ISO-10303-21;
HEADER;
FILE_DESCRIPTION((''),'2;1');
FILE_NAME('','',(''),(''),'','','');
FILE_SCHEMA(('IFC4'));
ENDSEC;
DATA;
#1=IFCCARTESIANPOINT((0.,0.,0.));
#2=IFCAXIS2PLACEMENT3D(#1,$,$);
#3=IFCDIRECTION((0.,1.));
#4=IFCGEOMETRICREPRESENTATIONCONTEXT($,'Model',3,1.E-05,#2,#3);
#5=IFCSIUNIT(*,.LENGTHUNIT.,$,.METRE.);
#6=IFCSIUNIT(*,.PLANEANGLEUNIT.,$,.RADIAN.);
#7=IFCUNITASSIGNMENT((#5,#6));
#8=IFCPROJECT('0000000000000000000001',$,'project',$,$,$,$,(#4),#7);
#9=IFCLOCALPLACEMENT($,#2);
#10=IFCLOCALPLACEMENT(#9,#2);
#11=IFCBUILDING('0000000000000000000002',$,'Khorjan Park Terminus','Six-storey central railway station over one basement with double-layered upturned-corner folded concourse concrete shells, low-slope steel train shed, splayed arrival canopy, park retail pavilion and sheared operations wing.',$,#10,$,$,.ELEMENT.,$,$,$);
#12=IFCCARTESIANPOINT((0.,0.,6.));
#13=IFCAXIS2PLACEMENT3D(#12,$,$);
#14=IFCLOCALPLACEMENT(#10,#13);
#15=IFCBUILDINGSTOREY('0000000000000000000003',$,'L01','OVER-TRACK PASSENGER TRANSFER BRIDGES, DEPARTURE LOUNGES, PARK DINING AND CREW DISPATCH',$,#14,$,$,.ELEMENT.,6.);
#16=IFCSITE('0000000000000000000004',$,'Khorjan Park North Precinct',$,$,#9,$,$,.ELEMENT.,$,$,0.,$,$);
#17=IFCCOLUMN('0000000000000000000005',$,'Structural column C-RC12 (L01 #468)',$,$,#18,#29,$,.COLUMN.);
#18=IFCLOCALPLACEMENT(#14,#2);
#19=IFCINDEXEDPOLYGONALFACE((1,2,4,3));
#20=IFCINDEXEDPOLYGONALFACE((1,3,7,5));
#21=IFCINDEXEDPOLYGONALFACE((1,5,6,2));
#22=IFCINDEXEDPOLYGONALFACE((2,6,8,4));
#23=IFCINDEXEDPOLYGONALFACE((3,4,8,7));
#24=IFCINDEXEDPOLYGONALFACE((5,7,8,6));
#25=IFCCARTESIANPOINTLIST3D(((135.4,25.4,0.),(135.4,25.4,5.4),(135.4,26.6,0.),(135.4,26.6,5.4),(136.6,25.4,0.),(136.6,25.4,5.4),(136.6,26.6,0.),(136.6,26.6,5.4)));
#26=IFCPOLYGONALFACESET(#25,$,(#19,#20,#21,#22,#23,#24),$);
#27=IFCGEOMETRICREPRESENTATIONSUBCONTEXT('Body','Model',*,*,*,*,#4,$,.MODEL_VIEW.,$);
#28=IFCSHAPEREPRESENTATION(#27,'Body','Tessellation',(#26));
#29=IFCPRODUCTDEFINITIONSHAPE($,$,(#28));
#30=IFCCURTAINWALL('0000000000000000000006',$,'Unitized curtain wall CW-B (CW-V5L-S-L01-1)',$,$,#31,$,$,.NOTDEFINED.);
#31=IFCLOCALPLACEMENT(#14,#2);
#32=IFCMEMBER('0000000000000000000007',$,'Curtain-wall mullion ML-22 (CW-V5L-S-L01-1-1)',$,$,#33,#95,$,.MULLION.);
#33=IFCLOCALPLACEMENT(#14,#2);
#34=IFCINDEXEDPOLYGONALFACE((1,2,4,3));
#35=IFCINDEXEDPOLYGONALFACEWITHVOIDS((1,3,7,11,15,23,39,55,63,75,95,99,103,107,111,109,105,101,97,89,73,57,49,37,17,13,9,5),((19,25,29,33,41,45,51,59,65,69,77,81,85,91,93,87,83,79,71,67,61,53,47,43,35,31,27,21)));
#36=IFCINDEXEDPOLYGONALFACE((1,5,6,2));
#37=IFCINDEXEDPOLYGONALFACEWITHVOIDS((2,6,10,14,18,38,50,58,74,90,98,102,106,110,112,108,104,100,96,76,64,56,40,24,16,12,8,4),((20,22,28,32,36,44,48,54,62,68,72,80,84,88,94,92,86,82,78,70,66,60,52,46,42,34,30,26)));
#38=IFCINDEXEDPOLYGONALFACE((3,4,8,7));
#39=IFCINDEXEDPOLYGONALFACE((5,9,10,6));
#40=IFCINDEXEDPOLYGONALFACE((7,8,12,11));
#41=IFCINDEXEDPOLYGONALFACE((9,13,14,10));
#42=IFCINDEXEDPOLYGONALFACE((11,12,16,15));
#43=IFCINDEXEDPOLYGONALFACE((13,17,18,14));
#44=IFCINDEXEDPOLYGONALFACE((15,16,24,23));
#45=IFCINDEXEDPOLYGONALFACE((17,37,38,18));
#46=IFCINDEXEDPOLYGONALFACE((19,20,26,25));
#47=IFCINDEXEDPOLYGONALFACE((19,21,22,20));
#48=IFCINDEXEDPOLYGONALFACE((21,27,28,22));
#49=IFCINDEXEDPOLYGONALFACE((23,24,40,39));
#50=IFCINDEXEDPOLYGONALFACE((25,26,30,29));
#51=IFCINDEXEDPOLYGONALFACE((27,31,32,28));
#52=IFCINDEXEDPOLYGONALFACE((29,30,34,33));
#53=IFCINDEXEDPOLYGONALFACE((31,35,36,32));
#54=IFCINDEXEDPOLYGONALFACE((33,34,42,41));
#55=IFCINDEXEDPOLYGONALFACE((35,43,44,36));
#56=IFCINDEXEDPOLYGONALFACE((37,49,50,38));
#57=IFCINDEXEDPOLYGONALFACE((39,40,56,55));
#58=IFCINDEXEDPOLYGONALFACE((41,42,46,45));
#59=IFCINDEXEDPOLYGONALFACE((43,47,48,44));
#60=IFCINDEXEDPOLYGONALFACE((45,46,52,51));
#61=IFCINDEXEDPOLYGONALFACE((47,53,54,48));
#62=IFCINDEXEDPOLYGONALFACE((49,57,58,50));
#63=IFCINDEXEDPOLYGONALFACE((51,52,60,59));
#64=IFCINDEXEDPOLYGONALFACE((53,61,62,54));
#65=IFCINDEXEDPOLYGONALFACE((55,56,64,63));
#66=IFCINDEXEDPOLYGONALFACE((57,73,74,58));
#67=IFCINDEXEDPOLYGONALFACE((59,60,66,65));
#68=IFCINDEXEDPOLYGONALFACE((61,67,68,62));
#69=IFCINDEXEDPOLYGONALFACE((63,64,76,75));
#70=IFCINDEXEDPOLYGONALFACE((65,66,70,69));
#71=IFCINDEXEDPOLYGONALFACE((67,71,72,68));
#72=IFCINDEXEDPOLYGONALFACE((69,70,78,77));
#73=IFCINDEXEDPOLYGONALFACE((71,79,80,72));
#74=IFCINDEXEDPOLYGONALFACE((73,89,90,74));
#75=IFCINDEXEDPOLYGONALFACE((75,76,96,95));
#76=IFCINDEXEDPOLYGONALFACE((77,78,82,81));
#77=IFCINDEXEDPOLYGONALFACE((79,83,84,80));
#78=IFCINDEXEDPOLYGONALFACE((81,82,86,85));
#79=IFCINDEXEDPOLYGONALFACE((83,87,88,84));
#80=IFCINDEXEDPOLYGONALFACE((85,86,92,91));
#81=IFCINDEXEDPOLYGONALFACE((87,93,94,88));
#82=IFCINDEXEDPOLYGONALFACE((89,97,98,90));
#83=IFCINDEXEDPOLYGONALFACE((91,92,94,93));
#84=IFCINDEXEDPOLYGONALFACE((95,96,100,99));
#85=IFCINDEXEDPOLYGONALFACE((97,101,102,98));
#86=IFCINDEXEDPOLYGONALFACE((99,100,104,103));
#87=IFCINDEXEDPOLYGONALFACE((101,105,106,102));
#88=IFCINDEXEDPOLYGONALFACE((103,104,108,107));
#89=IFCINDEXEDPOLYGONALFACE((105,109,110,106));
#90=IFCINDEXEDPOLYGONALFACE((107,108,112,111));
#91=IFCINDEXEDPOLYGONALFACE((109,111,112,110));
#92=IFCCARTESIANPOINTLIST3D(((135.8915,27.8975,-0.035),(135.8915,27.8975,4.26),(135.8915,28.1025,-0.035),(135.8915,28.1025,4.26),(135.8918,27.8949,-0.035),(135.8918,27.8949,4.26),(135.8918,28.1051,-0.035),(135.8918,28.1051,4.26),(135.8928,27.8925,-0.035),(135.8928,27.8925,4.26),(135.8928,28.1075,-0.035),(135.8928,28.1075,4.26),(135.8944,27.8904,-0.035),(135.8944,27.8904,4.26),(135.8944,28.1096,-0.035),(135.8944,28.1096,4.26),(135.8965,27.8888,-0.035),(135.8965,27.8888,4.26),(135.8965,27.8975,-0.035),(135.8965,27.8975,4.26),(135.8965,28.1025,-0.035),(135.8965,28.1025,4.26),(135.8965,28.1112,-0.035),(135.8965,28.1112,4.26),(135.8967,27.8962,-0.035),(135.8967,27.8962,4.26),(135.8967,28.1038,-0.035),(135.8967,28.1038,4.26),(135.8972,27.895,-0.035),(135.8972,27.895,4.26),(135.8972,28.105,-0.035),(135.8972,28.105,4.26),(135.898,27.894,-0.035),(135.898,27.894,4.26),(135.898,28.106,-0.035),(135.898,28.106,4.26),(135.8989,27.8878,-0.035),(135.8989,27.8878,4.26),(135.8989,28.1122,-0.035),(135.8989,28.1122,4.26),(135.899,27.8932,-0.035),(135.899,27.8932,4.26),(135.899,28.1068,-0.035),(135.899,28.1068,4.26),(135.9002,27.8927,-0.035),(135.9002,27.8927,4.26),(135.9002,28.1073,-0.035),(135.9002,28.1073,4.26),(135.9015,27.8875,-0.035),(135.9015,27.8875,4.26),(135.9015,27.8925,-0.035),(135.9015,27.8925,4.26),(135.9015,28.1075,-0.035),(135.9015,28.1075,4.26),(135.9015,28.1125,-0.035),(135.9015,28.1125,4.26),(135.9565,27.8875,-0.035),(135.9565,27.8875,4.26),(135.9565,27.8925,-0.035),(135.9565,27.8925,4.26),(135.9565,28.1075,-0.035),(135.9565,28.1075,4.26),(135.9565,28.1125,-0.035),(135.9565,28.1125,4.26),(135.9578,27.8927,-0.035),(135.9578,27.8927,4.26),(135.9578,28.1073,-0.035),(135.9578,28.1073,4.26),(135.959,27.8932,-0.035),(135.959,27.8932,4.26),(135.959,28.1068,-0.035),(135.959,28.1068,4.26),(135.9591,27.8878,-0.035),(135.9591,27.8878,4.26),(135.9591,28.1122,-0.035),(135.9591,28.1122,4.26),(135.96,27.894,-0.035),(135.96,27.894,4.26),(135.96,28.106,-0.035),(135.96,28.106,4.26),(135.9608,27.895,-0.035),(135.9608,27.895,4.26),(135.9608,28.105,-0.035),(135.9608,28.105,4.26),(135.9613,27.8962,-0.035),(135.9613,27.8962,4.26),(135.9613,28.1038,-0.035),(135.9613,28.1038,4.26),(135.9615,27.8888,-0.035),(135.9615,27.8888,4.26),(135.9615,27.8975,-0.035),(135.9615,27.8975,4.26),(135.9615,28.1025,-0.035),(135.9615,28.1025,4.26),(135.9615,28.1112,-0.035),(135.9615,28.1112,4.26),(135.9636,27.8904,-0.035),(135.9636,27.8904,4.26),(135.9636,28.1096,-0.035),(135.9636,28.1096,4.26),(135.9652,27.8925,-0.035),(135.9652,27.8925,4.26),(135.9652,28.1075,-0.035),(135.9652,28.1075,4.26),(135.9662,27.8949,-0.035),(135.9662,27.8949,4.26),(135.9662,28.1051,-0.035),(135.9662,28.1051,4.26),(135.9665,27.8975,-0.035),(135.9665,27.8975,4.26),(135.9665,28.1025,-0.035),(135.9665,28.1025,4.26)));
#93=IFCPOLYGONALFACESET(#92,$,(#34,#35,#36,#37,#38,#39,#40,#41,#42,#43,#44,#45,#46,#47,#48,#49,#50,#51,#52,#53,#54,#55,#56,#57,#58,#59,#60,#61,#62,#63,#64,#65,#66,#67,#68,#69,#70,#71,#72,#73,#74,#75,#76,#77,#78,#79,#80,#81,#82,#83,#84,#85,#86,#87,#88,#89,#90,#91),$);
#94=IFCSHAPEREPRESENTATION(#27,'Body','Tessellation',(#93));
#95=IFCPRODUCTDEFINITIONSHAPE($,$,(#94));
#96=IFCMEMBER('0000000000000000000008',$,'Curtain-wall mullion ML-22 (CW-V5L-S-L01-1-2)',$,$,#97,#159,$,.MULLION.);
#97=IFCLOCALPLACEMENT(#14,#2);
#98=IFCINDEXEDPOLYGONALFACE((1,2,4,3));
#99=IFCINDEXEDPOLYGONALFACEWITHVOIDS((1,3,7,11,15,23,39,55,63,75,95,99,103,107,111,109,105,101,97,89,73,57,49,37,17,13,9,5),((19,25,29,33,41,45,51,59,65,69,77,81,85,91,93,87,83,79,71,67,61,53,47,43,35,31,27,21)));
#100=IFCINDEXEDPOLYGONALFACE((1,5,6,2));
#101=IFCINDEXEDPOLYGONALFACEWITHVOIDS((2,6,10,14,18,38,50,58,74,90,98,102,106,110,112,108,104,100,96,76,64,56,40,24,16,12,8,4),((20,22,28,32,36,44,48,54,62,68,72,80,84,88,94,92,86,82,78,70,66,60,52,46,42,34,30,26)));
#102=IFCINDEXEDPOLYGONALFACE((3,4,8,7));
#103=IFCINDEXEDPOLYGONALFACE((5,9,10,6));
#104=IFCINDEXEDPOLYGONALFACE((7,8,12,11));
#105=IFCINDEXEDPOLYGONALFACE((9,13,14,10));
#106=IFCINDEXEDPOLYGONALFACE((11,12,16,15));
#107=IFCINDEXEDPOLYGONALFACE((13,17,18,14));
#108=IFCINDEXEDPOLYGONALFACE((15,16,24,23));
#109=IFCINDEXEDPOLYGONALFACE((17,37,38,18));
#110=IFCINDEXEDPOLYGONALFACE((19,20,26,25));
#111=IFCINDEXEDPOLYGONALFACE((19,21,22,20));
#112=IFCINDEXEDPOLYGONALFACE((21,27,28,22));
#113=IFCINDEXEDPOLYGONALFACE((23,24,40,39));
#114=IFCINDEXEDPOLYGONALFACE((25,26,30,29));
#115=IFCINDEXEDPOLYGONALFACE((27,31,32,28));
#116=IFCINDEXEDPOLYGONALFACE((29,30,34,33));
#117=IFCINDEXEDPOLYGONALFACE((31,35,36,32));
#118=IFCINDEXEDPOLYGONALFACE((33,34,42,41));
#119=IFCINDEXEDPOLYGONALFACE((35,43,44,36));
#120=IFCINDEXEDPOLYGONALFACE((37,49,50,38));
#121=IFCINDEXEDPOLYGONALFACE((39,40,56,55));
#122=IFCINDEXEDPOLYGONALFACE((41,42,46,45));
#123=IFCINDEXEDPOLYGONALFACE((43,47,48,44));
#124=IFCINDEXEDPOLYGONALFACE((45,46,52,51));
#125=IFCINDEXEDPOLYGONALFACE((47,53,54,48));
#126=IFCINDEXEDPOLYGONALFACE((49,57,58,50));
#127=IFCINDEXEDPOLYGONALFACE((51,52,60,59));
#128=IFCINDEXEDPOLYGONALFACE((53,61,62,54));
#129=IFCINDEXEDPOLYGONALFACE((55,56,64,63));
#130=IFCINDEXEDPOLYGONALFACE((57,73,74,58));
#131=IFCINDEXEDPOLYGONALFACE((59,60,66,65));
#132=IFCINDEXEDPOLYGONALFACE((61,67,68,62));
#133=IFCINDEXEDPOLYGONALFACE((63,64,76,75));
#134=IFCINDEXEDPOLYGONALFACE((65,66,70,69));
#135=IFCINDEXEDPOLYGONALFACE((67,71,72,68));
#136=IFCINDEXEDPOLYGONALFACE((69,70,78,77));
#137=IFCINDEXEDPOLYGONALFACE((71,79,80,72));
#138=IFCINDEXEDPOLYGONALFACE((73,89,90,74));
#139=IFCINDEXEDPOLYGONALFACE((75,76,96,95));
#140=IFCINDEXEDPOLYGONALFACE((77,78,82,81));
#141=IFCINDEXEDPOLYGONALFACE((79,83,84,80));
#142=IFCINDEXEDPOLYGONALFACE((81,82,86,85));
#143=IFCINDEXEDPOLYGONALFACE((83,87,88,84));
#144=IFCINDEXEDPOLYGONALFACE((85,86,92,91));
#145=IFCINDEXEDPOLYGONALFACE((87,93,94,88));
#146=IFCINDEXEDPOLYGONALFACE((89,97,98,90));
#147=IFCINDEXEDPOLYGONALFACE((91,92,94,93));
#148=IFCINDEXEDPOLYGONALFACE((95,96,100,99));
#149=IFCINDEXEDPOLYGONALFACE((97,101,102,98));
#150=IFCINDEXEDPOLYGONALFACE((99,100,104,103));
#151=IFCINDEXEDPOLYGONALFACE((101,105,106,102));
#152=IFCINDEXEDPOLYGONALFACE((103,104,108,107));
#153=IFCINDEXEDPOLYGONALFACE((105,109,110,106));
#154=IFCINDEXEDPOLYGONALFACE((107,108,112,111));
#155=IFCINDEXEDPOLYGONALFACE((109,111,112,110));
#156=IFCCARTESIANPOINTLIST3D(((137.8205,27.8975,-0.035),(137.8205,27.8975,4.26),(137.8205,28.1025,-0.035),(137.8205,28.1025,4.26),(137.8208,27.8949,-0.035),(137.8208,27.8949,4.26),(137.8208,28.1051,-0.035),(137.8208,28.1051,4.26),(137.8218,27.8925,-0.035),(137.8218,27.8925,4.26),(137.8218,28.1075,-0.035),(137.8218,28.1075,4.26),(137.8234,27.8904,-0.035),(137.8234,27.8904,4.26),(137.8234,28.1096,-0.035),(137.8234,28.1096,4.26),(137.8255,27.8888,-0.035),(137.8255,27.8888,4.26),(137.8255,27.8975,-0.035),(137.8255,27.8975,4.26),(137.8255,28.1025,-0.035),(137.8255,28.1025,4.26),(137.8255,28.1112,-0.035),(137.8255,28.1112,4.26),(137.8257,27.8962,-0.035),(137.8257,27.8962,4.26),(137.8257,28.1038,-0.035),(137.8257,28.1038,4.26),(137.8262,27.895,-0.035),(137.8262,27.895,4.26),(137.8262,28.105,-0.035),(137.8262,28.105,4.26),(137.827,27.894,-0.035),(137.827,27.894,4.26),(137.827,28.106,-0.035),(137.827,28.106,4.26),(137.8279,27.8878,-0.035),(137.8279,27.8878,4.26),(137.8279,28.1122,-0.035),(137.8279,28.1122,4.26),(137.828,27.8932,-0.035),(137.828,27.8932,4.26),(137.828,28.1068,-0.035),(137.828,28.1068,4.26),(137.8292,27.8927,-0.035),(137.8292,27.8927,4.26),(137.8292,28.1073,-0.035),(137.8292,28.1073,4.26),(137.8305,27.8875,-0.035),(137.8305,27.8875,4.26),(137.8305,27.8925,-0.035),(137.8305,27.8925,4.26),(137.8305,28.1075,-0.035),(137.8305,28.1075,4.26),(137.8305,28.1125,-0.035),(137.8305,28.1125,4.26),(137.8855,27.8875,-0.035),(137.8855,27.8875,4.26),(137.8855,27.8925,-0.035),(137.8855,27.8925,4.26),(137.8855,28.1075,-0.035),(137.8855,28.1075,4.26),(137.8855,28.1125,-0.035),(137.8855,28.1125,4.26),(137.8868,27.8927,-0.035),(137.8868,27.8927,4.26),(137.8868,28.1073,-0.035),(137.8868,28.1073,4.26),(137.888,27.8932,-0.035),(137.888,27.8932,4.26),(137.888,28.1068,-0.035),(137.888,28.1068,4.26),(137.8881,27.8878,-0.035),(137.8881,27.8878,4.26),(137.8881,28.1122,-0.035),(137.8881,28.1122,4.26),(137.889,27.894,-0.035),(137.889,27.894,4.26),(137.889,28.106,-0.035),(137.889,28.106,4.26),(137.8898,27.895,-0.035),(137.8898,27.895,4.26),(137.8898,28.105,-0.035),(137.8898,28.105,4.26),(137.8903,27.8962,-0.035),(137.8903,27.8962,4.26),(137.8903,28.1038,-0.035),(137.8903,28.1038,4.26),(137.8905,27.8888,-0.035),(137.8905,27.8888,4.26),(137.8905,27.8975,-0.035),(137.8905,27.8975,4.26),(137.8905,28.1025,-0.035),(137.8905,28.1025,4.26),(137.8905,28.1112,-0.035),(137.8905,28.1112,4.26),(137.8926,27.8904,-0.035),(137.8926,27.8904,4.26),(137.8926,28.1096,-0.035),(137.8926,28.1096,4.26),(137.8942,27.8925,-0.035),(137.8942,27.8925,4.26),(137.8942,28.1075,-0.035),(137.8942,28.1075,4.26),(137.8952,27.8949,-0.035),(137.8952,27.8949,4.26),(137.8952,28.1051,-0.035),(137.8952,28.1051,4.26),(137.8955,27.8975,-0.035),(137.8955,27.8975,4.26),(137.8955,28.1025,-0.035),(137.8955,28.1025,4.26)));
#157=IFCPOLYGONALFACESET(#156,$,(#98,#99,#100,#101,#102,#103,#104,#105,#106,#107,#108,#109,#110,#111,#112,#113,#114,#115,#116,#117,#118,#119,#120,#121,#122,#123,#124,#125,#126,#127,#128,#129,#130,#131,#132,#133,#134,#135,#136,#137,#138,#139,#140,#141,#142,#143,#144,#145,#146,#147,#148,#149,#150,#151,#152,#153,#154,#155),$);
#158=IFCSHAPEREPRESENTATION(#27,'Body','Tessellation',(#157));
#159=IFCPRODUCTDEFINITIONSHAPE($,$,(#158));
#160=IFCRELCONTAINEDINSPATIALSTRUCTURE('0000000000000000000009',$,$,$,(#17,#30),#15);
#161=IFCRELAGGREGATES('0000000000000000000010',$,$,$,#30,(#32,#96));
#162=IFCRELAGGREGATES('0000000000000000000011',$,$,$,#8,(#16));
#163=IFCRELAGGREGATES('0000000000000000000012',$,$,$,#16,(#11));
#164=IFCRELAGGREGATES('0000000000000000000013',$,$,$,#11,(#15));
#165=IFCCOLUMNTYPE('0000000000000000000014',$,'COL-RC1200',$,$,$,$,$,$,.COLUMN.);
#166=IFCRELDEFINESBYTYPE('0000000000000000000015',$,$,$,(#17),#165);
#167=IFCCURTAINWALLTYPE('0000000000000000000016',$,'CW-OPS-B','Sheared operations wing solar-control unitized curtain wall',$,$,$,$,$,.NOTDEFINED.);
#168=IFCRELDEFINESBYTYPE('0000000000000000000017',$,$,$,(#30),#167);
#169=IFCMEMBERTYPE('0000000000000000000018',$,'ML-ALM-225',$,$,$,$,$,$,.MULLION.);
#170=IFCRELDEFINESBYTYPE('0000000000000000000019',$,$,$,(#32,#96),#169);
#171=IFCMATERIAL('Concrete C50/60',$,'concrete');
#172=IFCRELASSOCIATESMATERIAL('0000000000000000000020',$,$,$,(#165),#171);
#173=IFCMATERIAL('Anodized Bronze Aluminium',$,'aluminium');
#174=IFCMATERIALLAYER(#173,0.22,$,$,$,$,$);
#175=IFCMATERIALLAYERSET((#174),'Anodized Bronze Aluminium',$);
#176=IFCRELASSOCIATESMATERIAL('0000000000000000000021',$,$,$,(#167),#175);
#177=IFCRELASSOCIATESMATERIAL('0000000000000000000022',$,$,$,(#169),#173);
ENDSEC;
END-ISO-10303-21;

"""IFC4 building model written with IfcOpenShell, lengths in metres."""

from ifc_helpers import new_model, si_unit, direction, frame, origin, origin_2d, place, context, subcontext, project, spatial, rectangle, hollow_rectangle, extrude, material, layer, layer_set, material_profile, profile_set, type_object, element, aggregate, save


model = new_model("IFC4")

# Units and contexts
model_context = context("Model", 3, precision=1e-05, world=origin(), true_north=direction((0.0, 1.0)))
body_context = subcontext(model_context, "Body", "Model", "MODEL_VIEW")
ifc_project = project(units=[si_unit("LENGTHUNIT", "METRE"), si_unit("PLANEANGLEUNIT", "RADIAN")], contexts=[model_context])

# Site, building, storey
site_placement = place(None, origin())
site = spatial("IfcSite", under=ifc_project, at=site_placement, Name="Khorjan Park North Precinct", CompositionType="ELEMENT", RefElevation=0.0)
building_placement = place(site_placement, origin())
building = spatial("IfcBuilding", under=site, at=building_placement, Name="Khorjan Park Terminus", Description="Six-storey central railway station over one basement with double-layered upturned-corner folded concourse concrete shells, low-slope steel train shed, splayed arrival canopy, park retail pavilion and sheared operations wing.", CompositionType="ELEMENT")
storey_placement = place(building_placement, frame((0.0, 0.0, 6.0)))
storey = spatial("IfcBuildingStorey", under=building, at=storey_placement, Name="L01", Description="OVER-TRACK PASSENGER TRANSFER BRIDGES, DEPARTURE LOUNGES, PARK DINING AND CREW DISPATCH", CompositionType="ELEMENT", Elevation=6.0)

# Column
ifc_material_1 = material(Name="Concrete C50/60", Category="concrete")
ifc_material_profile_1 = material_profile(ifc_material_1, rectangle(XDim=1.2, YDim=1.2, at=origin_2d()), Name="RC 1200x1200")
ifc_profile_set_1 = profile_set([ifc_material_profile_1], Name="Concrete C50/60")
column_type = type_object("IfcColumnType", Name="COL-RC1200", PredefinedType="COLUMN", material=ifc_profile_set_1)
column_placement = place(storey_placement, frame((136.0, 26.0, 0.0), z_axis=(0.0, 0.0, 1.0), x_axis=(1.0, 0.0, 0.0)))
element("IfcColumn", 1, at=column_placement, inside=storey, type_object=column_type, Name="Structural column C-RC12 (L01 #468)", PredefinedType="COLUMN", context=body_context, shape_type="SweptSolid", body=[
    extrude(rectangle(XDim=1.2, YDim=1.2, at=origin_2d()), origin(), (0.0, 0.0, 1.0), 5.4),
])

# Curtain wall, members
ifc_material_2 = material(Name="Anodized Bronze Aluminium", Category="aluminium")
ifc_layer_1 = layer(ifc_material_2, 0.22)
ifc_layer_set_1 = layer_set([ifc_layer_1], Name="Anodized Bronze Aluminium")
curtain_wall_type = type_object("IfcCurtainWallType", Name="CW-OPS-B", Description="Sheared operations wing solar-control unitized curtain wall", PredefinedType="NOTDEFINED", material=ifc_layer_set_1)
curtain_wall_placement = place(storey_placement, origin())
curtain_wall = element("IfcCurtainWall", 2, at=curtain_wall_placement, inside=storey, type_object=curtain_wall_type, Name="Unitized curtain wall CW-B (CW-V5L-S-L01-1)", PredefinedType="NOTDEFINED")
ifc_material_profile_2 = material_profile(ifc_material_2, hollow_rectangle(XDim=0.075, YDim=0.225, WallThickness=0.005, InnerFilletRadius=0.005, OuterFilletRadius=0.01, at=origin_2d()), Name="ALM 75x225x5")
ifc_profile_set_2 = profile_set([ifc_material_profile_2], Name="Anodized Bronze Aluminium")
member_type_1 = type_object("IfcMemberType", Name="ML-ALM-225", PredefinedType="MULLION", material=ifc_profile_set_2)
member_1_placement = place(storey_placement, frame((135.929, 28.0, -0.035), z_axis=(0.0, 0.0, 1.0), x_axis=(1.0, 0.0, 0.0)))
member_1 = element("IfcMember", 3, at=member_1_placement, type_object=member_type_1, Name="Curtain-wall mullion ML-22 (CW-V5L-S-L01-1-1)", PredefinedType="MULLION", context=body_context, shape_type="SweptSolid", body=[
    extrude(hollow_rectangle(XDim=0.075, YDim=0.225, WallThickness=0.005, InnerFilletRadius=0.005, OuterFilletRadius=0.01, at=origin_2d()), origin(), (0.0, 0.0, 1.0), 4.295),
])
member_2_placement = place(storey_placement, frame((137.858, 28.0, -0.035), z_axis=(0.0, 0.0, 1.0), x_axis=(1.0, 0.0, 0.0)))
member_2 = element("IfcMember", 4, at=member_2_placement, type_object=member_type_1, Name="Curtain-wall mullion ML-22 (CW-V5L-S-L01-1-2)", PredefinedType="MULLION", context=body_context, shape_type="SweptSolid", body=[
    extrude(hollow_rectangle(XDim=0.075, YDim=0.225, WallThickness=0.005, InnerFilletRadius=0.005, OuterFilletRadius=0.01, at=origin_2d()), origin(), (0.0, 0.0, 1.0), 4.295),
])

aggregate(curtain_wall, [member_1, member_2])

save(model, "model.ifc")
